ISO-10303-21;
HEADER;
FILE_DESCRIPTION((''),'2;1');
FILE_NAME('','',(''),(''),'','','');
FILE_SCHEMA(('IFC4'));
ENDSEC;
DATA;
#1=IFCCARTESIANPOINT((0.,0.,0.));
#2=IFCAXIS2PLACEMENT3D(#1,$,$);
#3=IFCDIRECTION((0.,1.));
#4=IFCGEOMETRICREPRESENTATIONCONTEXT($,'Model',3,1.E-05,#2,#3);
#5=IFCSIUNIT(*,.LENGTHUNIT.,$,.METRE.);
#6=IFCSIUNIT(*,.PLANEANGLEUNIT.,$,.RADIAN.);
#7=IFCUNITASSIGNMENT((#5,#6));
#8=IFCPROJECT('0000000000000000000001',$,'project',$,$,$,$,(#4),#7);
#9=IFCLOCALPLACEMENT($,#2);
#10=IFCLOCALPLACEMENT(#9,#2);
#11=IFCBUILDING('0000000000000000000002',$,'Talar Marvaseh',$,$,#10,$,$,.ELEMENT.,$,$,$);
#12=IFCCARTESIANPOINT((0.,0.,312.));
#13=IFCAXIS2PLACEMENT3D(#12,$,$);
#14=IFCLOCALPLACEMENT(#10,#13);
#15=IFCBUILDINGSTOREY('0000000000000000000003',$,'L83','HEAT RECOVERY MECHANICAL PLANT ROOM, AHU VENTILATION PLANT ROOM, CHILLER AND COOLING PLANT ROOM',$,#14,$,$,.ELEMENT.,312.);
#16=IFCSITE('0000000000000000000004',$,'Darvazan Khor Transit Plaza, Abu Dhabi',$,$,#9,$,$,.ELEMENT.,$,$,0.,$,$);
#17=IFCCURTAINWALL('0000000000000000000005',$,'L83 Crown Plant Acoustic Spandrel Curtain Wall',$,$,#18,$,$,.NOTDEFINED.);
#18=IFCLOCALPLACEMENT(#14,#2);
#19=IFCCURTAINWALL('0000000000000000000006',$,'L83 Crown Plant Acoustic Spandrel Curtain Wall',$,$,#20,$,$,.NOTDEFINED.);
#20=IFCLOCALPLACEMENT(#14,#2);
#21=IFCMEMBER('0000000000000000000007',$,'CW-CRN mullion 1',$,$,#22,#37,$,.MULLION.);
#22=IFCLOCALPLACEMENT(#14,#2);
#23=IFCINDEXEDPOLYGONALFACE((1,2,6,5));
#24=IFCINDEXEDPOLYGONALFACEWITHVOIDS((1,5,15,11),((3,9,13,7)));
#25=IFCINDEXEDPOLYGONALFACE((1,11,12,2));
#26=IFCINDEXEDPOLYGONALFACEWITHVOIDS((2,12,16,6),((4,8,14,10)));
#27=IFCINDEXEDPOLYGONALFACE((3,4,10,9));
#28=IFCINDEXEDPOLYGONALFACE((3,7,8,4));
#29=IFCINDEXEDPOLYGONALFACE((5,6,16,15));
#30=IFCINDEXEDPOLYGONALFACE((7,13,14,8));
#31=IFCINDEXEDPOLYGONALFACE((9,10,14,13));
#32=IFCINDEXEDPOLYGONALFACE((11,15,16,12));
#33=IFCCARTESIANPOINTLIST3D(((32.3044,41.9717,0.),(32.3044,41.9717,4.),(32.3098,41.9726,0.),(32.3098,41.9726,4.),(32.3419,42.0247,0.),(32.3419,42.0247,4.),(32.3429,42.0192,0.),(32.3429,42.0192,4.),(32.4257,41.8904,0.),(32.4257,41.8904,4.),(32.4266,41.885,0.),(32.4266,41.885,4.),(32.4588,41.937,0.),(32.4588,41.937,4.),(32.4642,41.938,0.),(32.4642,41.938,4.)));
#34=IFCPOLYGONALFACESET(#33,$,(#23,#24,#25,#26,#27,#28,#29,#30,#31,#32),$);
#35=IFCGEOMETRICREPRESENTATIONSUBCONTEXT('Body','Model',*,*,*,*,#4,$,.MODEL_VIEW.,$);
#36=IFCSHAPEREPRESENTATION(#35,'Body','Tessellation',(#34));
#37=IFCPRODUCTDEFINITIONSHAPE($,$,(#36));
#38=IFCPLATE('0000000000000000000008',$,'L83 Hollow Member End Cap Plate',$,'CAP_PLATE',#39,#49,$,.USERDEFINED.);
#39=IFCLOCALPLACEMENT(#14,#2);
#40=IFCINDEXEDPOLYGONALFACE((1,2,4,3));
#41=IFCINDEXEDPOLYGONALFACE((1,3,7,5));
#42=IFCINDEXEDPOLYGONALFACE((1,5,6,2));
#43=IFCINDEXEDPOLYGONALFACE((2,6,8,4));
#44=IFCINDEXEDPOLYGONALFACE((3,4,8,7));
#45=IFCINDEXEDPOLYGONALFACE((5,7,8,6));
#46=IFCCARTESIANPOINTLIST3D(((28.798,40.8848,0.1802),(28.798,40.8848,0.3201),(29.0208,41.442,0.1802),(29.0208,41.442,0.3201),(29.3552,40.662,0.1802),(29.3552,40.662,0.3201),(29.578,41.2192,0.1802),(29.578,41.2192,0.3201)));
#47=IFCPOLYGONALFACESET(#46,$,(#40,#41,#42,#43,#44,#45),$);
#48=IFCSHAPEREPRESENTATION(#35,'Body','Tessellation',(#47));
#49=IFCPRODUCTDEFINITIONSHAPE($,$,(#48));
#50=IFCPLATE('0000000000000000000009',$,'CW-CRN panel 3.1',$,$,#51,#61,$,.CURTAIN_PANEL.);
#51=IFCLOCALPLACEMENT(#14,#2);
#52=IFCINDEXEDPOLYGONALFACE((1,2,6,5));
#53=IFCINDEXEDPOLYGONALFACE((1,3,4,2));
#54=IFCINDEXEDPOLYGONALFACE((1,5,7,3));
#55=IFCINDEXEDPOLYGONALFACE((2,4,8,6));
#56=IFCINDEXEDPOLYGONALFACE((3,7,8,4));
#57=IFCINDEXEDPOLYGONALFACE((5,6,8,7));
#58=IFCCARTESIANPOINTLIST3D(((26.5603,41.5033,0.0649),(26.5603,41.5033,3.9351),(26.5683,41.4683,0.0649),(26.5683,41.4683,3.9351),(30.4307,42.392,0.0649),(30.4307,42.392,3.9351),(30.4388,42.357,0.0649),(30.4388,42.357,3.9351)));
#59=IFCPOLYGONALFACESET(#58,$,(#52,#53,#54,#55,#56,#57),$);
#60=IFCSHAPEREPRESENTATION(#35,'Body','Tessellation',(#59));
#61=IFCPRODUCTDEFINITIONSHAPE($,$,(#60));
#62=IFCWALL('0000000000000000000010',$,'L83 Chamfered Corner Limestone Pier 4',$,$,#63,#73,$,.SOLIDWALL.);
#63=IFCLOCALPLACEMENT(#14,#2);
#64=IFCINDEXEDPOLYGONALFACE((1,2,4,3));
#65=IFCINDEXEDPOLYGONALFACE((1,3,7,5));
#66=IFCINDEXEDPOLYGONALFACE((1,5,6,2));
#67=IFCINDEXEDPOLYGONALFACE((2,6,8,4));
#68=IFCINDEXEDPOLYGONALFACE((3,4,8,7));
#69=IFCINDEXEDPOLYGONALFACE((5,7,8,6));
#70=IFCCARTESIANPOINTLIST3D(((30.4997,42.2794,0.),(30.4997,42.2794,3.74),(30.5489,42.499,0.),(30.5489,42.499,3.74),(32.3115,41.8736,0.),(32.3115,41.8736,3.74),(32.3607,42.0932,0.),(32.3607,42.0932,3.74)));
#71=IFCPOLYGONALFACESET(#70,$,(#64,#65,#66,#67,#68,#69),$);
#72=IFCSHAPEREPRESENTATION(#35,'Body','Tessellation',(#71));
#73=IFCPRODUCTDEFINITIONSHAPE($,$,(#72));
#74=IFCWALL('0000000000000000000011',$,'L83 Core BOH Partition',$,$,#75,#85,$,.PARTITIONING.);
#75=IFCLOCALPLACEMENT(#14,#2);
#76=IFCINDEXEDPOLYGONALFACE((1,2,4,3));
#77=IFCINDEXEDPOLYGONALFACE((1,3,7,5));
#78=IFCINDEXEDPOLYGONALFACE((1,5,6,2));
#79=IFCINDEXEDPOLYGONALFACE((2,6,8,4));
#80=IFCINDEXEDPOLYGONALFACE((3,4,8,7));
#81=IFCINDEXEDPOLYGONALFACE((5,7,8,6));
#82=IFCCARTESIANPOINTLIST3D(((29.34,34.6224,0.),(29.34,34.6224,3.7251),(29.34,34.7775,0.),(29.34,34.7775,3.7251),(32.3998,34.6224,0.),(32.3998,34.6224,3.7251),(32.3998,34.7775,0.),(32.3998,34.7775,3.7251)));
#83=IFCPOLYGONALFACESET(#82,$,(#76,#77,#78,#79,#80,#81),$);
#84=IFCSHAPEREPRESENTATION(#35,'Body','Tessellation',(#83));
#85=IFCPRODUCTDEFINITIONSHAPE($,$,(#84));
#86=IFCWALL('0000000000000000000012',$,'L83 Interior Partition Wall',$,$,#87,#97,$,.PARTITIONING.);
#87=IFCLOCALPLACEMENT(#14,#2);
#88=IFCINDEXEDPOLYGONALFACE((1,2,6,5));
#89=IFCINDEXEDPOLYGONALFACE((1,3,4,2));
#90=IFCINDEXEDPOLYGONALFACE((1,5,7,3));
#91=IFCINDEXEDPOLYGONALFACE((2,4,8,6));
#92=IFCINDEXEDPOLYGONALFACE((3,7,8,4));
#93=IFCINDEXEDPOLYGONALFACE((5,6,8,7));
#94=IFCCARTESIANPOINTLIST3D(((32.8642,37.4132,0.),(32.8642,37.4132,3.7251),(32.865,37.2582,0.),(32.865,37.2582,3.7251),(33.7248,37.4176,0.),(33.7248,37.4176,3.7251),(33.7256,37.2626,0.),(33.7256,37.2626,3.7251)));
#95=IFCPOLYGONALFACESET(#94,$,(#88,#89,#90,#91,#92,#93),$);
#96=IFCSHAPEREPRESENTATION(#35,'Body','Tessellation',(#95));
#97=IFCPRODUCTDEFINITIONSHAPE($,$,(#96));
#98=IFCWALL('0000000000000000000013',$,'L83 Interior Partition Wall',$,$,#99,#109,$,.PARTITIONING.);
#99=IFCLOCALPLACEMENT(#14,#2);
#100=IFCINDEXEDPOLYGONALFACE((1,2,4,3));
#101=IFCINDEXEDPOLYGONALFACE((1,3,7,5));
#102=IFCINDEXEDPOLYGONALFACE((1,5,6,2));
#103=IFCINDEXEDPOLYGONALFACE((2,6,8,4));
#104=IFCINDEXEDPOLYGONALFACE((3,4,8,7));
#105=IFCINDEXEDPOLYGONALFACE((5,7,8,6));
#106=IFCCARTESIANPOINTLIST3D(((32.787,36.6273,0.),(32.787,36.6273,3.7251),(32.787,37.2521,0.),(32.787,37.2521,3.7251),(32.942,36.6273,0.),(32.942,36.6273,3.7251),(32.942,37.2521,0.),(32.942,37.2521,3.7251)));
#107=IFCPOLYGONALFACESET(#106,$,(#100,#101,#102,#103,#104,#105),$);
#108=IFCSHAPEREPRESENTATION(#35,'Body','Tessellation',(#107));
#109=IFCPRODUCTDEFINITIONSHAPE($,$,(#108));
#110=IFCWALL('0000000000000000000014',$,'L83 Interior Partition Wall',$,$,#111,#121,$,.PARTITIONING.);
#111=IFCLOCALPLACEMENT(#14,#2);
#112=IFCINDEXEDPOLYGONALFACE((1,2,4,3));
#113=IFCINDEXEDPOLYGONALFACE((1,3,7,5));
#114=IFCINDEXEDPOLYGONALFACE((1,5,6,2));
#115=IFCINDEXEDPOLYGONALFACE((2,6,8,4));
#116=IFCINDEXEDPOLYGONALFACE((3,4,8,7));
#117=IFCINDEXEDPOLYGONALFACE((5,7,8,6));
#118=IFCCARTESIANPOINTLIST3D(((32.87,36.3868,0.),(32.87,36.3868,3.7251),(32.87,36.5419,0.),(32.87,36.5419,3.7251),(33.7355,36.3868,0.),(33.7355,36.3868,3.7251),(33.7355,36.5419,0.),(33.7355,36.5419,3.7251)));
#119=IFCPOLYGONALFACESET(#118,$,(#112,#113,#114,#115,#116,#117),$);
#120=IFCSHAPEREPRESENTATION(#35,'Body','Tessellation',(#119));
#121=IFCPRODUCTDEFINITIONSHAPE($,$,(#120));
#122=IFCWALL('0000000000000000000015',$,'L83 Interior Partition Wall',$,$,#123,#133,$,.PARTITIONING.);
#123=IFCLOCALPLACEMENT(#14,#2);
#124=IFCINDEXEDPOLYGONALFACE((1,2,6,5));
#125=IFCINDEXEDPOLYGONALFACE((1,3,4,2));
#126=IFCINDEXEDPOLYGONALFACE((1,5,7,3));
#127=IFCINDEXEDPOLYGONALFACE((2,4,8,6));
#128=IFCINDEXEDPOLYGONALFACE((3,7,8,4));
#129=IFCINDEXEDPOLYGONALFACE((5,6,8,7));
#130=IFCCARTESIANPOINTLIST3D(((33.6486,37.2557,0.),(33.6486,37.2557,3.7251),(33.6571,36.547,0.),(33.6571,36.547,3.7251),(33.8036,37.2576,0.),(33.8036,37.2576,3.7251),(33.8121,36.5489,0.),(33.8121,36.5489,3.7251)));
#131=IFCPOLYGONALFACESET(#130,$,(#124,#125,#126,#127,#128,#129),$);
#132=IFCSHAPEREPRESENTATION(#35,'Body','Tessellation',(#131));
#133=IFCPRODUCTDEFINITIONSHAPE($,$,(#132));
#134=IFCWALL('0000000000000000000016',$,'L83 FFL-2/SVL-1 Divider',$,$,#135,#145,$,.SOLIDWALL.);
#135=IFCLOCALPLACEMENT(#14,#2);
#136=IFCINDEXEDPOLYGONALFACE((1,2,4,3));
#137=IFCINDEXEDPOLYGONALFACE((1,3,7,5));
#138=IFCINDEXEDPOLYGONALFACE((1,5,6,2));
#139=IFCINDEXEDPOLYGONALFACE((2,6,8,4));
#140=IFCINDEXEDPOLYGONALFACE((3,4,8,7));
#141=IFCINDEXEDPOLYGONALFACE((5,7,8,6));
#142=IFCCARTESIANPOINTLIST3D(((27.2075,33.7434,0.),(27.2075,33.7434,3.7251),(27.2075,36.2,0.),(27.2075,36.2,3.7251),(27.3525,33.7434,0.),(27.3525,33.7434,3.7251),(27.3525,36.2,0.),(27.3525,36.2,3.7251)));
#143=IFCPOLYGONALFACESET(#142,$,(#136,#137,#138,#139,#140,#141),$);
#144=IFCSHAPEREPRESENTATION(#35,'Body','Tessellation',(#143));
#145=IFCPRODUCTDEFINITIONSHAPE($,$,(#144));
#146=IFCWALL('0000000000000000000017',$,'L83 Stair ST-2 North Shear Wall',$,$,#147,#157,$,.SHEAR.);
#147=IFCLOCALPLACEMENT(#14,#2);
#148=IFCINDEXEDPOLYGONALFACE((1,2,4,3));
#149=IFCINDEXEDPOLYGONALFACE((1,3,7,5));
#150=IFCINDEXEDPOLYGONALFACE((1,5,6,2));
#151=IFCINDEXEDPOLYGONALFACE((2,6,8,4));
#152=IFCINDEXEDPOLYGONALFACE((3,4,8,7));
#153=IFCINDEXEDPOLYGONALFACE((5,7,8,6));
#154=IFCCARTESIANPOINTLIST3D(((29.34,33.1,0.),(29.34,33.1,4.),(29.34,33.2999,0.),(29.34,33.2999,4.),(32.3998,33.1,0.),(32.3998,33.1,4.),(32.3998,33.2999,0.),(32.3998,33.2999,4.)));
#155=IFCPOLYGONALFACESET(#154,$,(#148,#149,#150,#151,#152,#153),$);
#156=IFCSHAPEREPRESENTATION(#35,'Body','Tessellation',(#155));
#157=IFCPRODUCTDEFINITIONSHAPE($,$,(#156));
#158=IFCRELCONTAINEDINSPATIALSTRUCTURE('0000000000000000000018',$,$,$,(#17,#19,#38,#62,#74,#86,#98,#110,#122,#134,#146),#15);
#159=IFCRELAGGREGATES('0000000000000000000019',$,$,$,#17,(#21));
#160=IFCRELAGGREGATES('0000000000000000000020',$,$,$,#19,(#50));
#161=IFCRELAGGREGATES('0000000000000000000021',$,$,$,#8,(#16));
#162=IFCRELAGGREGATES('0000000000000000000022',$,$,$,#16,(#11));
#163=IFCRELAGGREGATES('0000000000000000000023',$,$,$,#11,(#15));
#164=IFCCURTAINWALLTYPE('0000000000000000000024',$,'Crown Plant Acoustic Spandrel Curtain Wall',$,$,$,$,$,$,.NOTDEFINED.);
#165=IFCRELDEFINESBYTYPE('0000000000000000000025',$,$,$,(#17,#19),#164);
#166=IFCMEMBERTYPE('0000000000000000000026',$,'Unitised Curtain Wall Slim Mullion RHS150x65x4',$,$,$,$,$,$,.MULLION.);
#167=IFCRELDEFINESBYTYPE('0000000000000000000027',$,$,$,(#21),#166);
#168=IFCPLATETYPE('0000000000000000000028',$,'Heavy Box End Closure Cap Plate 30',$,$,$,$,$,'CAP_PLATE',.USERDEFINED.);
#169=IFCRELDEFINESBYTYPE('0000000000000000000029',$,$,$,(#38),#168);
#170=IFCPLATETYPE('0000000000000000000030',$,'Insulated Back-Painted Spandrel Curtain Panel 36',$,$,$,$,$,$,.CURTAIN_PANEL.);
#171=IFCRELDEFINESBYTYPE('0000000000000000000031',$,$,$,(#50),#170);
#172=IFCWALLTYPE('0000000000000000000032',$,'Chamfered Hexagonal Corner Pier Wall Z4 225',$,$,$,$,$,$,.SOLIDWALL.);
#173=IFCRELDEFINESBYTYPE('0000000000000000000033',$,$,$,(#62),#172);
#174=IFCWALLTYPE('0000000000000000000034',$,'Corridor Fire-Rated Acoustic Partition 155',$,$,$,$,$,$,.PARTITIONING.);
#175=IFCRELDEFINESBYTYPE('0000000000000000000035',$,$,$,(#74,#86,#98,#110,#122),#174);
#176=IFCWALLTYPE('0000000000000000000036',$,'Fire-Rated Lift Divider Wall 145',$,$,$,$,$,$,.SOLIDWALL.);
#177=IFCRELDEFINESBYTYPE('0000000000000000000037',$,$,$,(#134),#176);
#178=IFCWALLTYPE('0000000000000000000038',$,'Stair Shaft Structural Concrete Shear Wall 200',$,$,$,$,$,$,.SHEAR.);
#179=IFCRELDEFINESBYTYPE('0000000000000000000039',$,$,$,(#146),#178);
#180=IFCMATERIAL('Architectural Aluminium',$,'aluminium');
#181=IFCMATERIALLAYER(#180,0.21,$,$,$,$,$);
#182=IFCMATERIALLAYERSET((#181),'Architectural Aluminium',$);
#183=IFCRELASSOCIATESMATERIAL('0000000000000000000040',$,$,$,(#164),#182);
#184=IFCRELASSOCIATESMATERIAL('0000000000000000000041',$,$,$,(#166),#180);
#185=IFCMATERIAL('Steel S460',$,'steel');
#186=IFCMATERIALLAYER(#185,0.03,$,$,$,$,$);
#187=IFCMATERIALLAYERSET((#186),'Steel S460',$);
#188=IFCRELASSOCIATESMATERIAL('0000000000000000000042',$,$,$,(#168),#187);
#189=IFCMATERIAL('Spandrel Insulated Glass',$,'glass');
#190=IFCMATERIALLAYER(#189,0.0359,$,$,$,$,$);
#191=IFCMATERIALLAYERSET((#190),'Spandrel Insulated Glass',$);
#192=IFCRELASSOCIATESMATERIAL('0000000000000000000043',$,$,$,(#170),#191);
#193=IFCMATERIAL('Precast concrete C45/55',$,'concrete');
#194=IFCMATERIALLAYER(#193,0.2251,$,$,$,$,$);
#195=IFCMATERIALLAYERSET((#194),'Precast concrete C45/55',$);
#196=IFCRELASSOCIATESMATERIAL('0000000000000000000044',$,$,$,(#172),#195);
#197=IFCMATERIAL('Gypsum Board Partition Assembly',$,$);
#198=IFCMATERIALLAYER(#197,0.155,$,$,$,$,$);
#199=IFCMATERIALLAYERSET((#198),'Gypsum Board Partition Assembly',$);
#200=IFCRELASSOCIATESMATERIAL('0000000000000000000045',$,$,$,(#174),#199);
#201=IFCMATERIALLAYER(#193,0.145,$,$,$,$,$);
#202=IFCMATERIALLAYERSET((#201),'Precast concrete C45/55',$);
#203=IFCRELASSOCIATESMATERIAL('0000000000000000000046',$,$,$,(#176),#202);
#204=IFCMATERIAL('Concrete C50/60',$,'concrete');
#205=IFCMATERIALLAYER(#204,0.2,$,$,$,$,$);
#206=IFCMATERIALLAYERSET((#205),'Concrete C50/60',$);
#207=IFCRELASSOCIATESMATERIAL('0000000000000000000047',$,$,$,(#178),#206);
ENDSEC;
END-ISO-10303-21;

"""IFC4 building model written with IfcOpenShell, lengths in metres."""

from ifc_helpers import new_model, si_unit, direction, frame, frame_2d, origin, origin_2d, place, context, subcontext, project, spatial, rectangle, hollow_rectangle, extrude, source, transform, mapped, material, layer, layer_set, material_profile, profile_set, type_object, type_shapes, element, aggregate, save


model = new_model("IFC4")

# Units and contexts
model_context = context("Model", 3, precision=1e-05, world=origin(), true_north=direction((0.0, 1.0)))
body_context = subcontext(model_context, "Body", "Model", "MODEL_VIEW")
ifc_project = project(units=[si_unit("LENGTHUNIT", "METRE"), si_unit("PLANEANGLEUNIT", "RADIAN")], contexts=[model_context])

# Site, building, storey
site_placement = place(None, origin())
site = spatial("IfcSite", under=ifc_project, at=site_placement, Name="Darvazan Khor Transit Plaza, Abu Dhabi", CompositionType="ELEMENT", RefElevation=0.0)
building_placement = place(site_placement, origin())
building = spatial("IfcBuilding", under=site, at=building_placement, Name="Talar Marvaseh", CompositionType="ELEMENT")
storey_placement = place(building_placement, frame((0.0, 0.0, 312.0)))
storey = spatial("IfcBuildingStorey", under=building, at=storey_placement, Name="L83", Description="HEAT RECOVERY MECHANICAL PLANT ROOM, AHU VENTILATION PLANT ROOM, CHILLER AND COOLING PLANT ROOM", CompositionType="ELEMENT", Elevation=312.0)

# Shared definitions
ifc_material_1 = material(Name="Steel S460", Category="steel")
ifc_material_2 = material(Name="Concrete C50/60", Category="concrete")

# Curtain walls
ifc_material_3 = material(Name="Architectural Aluminium", Category="aluminium")
ifc_layer_1 = layer(ifc_material_3, 0.21)
ifc_layer_set_1 = layer_set([ifc_layer_1], Name="Architectural Aluminium")
curtain_wall_type = type_object("IfcCurtainWallType", Name="Crown Plant Acoustic Spandrel Curtain Wall", PredefinedType="NOTDEFINED", material=ifc_layer_set_1)
curtain_wall_1_placement = place(storey_placement, origin())
curtain_wall_1 = element("IfcCurtainWall", 1, at=curtain_wall_1_placement, inside=storey, type_object=curtain_wall_type, Name="L83 Crown Plant Acoustic Spandrel Curtain Wall", PredefinedType="NOTDEFINED")
curtain_wall_2_placement = place(storey_placement, origin())
curtain_wall_2 = element("IfcCurtainWall", 2, at=curtain_wall_2_placement, inside=storey, type_object=curtain_wall_type, Name="L83 Crown Plant Acoustic Spandrel Curtain Wall", PredefinedType="NOTDEFINED")
ifc_material_profile_1 = material_profile(ifc_material_3, hollow_rectangle(XDim=0.0649, YDim=0.1499, WallThickness=0.0039, at=origin_2d()), Name="RHS150x65x4")
ifc_profile_set_1 = profile_set([ifc_material_profile_1], Name="Architectural Aluminium")
member_type_1 = type_object("IfcMemberType", Name="Unitised Curtain Wall Slim Mullion RHS150x65x4", PredefinedType="MULLION", material=ifc_profile_set_1)
shared_shape_1 = source(origin(), body_context, "Body", "SweptSolid", [
    extrude(hollow_rectangle(XDim=0.0649, YDim=0.1499, WallThickness=0.0039, at=origin_2d()), origin(), (0.0, 0.0, 1.0), 4.0),
])
type_shapes(member_type_1, [shared_shape_1])

# Member
member_1_placement = place(storey_placement, frame((32.3843, 41.9548, 0.0), z_axis=(0.0, 0.0, 1.0), x_axis=(0.578513, 0.815673, 0.0)))
member_1 = element("IfcMember", 3, at=member_1_placement, type_object=member_type_1, Name="CW-CRN mullion 1", PredefinedType="MULLION", context=body_context, shape_type="MappedRepresentation", body=[
    mapped(shared_shape_1, transform((0.0, 0.0, 0.0), x_axis=(1.0, 0.0, 0.0), y_axis=(0.0, 1.0, 0.0), z_axis=(0.0, 0.0, 1.0), scale=1.0)),
])
aggregate(curtain_wall_1, [member_1])

# Plates
ifc_layer_2 = layer(ifc_material_1, 0.03)
ifc_layer_set_2 = layer_set([ifc_layer_2], Name="Steel S460")
plate_type_1 = type_object("IfcPlateType", Name="Heavy Box End Closure Cap Plate 30", ElementType="CAP_PLATE", PredefinedType="USERDEFINED", material=ifc_layer_set_2)
shared_shape_2 = source(origin(), body_context, "Body", "SweptSolid", [
    extrude(rectangle(XDim=0.6001, YDim=0.6001, at=origin_2d()), origin(), (0.0, 0.0, 1.0), 0.1399),
])
type_shapes(plate_type_1, [shared_shape_2])
plate_1_placement = place(storey_placement, frame((29.188, 41.052, 0.1802), z_axis=(0.0, 0.0, 1.0), x_axis=(0.928486, -0.371368, 0.0)))
element("IfcPlate", 4, at=plate_1_placement, inside=storey, type_object=plate_type_1, Name="L83 Hollow Member End Cap Plate", ObjectType="CAP_PLATE", PredefinedType="USERDEFINED", context=body_context, shape_type="MappedRepresentation", body=[
    mapped(shared_shape_2, transform((0.0, 0.0, 0.0), x_axis=(1.0, 0.0, 0.0), y_axis=(0.0, 1.0, 0.0), z_axis=(0.0, 0.0, 1.0), scale=1.0)),
])
ifc_material_4 = material(Name="Spandrel Insulated Glass", Category="glass")
ifc_layer_3 = layer(ifc_material_4, 0.0359)
ifc_layer_set_3 = layer_set([ifc_layer_3], Name="Spandrel Insulated Glass")
plate_type_2 = type_object("IfcPlateType", Name="Insulated Back-Painted Spandrel Curtain Panel 36", PredefinedType="CURTAIN_PANEL", material=ifc_layer_set_3)
shared_shape_3 = source(origin(), body_context, "Body", "SweptSolid", [
    extrude(rectangle(XDim=3.9712, YDim=0.0359, at=origin_2d()), origin(), (0.0, 0.0, 1.0), 3.8701),
])
type_shapes(plate_type_2, [shared_shape_3])
plate_2_placement = place(storey_placement, frame((28.4995, 41.9302, 0.0649), z_axis=(0.0, 0.0, 1.0), x_axis=(0.974637, 0.223792, 0.0)))
plate_2 = element("IfcPlate", 5, at=plate_2_placement, type_object=plate_type_2, Name="CW-CRN panel 3.1", PredefinedType="CURTAIN_PANEL", context=body_context, shape_type="MappedRepresentation", body=[
    mapped(shared_shape_3, transform((0.0, 0.0, 0.0), x_axis=(1.0, 0.0, 0.0), y_axis=(0.0, 1.0, 0.0), z_axis=(0.0, 0.0, 1.0), scale=1.0)),
])
aggregate(curtain_wall_2, [plate_2])

# Walls
ifc_material_5 = material(Name="Precast concrete C45/55", Category="concrete")
ifc_layer_4 = layer(ifc_material_5, 0.2251)
ifc_layer_set_4 = layer_set([ifc_layer_4], Name="Precast concrete C45/55")
wall_type_1 = type_object("IfcWallType", Name="Chamfered Hexagonal Corner Pier Wall Z4 225", PredefinedType="SOLIDWALL", material=ifc_layer_set_4)
wall_1_placement = place(storey_placement, frame((30.5244, 42.3892, 0.0), z_axis=(0.0, 0.0, 1.0), x_axis=(0.975827, -0.218545, 0.0)))
element("IfcWall", 6, at=wall_1_placement, inside=storey, type_object=wall_type_1, Name="L83 Chamfered Corner Limestone Pier 4", PredefinedType="SOLIDWALL", context=body_context, shape_type="SweptSolid", body=[
    extrude(rectangle(XDim=1.8567, YDim=0.2251, at=frame_2d((0.9282, 0.0))), origin(), (0.0, 0.0, 1.0), 3.74),
])
ifc_material_6 = material(Name="Gypsum Board Partition Assembly")
ifc_layer_5 = layer(ifc_material_6, 0.155)
ifc_layer_set_5 = layer_set([ifc_layer_5], Name="Gypsum Board Partition Assembly")
wall_type_2 = type_object("IfcWallType", Name="Corridor Fire-Rated Acoustic Partition 155", PredefinedType="PARTITIONING", material=ifc_layer_set_5)
wall_2_placement = place(storey_placement, frame((29.3401, 34.7, 0.0), z_axis=(0.0, 0.0, 1.0), x_axis=(1.0, 0.0, 0.0)))
element("IfcWall", 7, at=wall_2_placement, inside=storey, type_object=wall_type_2, Name="L83 Core BOH Partition", PredefinedType="PARTITIONING", context=body_context, shape_type="SweptSolid", body=[
    extrude(rectangle(XDim=3.0598, YDim=0.155, at=frame_2d((1.5298, 0.0))), origin(), (0.0, 0.0, 1.0), 3.7251),
])
wall_3_placement = place(storey_placement, frame((33.7251, 37.3401, 0.0), z_axis=(0.0, 0.0, 1.0), x_axis=(-0.999987, -0.005106, 0.0)))
element("IfcWall", 8, at=wall_3_placement, inside=storey, type_object=wall_type_2, Name="L83 Interior Partition Wall", PredefinedType="PARTITIONING", context=body_context, shape_type="SweptSolid", body=[
    extrude(rectangle(XDim=0.8606, YDim=0.155, at=frame_2d((0.4302, 0.0))), origin(), (0.0, 0.0, 1.0), 3.7251),
])
wall_4_placement = place(storey_placement, frame((32.8645, 37.2522, 0.0), z_axis=(0.0, 0.0, 1.0), x_axis=(0.0, -1.0, 0.0)))
element("IfcWall", 9, at=wall_4_placement, inside=storey, type_object=wall_type_2, Name="L83 Interior Partition Wall", PredefinedType="PARTITIONING", context=body_context, shape_type="SweptSolid", body=[
    extrude(rectangle(XDim=0.6248, YDim=0.155, at=frame_2d((0.3125, 0.0))), origin(), (0.0, 0.0, 1.0), 3.7251),
])
wall_5_placement = place(storey_placement, frame((32.8701, 36.4644, 0.0), z_axis=(0.0, 0.0, 1.0), x_axis=(1.0, 0.0, 0.0)))
element("IfcWall", 10, at=wall_5_placement, inside=storey, type_object=wall_type_2, Name="L83 Interior Partition Wall", PredefinedType="PARTITIONING", context=body_context, shape_type="SweptSolid", body=[
    extrude(rectangle(XDim=0.8655, YDim=0.155, at=frame_2d((0.4326, 0.0))), origin(), (0.0, 0.0, 1.0), 3.7251),
])
wall_6_placement = place(storey_placement, frame((33.7346, 36.5479, 0.0), z_axis=(0.0, 0.0, 1.0), x_axis=(-0.012056, 0.999927, 0.0)))
element("IfcWall", 11, at=wall_6_placement, inside=storey, type_object=wall_type_2, Name="L83 Interior Partition Wall", PredefinedType="PARTITIONING", context=body_context, shape_type="SweptSolid", body=[
    extrude(rectangle(XDim=0.7087, YDim=0.155, at=frame_2d((0.3545, 0.0))), origin(), (0.0, 0.0, 1.0), 3.7251),
])
ifc_layer_6 = layer(ifc_material_5, 0.145)
ifc_layer_set_6 = layer_set([ifc_layer_6], Name="Precast concrete C45/55")
wall_type_3 = type_object("IfcWallType", Name="Fire-Rated Lift Divider Wall 145", PredefinedType="SOLIDWALL", material=ifc_layer_set_6)
wall_7_placement = place(storey_placement, frame((27.28, 33.7434, 0.0), z_axis=(0.0, 0.0, 1.0), x_axis=(0.0, 1.0, 0.0)))
element("IfcWall", 12, at=wall_7_placement, inside=storey, type_object=wall_type_3, Name="L83 FFL-2/SVL-1 Divider", PredefinedType="SOLIDWALL", context=body_context, shape_type="SweptSolid", body=[
    extrude(rectangle(XDim=2.4565, YDim=0.145, at=frame_2d((1.2283, 0.0))), origin(), (0.0, 0.0, 1.0), 3.7251),
])
ifc_layer_7 = layer(ifc_material_2, 0.2)
ifc_layer_set_7 = layer_set([ifc_layer_7], Name="Concrete C50/60")
wall_type_4 = type_object("IfcWallType", Name="Stair Shaft Structural Concrete Shear Wall 200", PredefinedType="SHEAR", material=ifc_layer_set_7)
wall_8_placement = place(storey_placement, frame((29.3401, 33.2, 0.0), z_axis=(0.0, 0.0, 1.0), x_axis=(1.0, 0.0, 0.0)))
element("IfcWall", 13, at=wall_8_placement, inside=storey, type_object=wall_type_4, Name="L83 Stair ST-2 North Shear Wall", PredefinedType="SHEAR", context=body_context, shape_type="SweptSolid", body=[
    extrude(rectangle(XDim=3.0598, YDim=0.2, at=frame_2d((1.5298, 0.0))), origin(), (0.0, 0.0, 1.0), 4.0),
])

save(model, "model.ifc")
